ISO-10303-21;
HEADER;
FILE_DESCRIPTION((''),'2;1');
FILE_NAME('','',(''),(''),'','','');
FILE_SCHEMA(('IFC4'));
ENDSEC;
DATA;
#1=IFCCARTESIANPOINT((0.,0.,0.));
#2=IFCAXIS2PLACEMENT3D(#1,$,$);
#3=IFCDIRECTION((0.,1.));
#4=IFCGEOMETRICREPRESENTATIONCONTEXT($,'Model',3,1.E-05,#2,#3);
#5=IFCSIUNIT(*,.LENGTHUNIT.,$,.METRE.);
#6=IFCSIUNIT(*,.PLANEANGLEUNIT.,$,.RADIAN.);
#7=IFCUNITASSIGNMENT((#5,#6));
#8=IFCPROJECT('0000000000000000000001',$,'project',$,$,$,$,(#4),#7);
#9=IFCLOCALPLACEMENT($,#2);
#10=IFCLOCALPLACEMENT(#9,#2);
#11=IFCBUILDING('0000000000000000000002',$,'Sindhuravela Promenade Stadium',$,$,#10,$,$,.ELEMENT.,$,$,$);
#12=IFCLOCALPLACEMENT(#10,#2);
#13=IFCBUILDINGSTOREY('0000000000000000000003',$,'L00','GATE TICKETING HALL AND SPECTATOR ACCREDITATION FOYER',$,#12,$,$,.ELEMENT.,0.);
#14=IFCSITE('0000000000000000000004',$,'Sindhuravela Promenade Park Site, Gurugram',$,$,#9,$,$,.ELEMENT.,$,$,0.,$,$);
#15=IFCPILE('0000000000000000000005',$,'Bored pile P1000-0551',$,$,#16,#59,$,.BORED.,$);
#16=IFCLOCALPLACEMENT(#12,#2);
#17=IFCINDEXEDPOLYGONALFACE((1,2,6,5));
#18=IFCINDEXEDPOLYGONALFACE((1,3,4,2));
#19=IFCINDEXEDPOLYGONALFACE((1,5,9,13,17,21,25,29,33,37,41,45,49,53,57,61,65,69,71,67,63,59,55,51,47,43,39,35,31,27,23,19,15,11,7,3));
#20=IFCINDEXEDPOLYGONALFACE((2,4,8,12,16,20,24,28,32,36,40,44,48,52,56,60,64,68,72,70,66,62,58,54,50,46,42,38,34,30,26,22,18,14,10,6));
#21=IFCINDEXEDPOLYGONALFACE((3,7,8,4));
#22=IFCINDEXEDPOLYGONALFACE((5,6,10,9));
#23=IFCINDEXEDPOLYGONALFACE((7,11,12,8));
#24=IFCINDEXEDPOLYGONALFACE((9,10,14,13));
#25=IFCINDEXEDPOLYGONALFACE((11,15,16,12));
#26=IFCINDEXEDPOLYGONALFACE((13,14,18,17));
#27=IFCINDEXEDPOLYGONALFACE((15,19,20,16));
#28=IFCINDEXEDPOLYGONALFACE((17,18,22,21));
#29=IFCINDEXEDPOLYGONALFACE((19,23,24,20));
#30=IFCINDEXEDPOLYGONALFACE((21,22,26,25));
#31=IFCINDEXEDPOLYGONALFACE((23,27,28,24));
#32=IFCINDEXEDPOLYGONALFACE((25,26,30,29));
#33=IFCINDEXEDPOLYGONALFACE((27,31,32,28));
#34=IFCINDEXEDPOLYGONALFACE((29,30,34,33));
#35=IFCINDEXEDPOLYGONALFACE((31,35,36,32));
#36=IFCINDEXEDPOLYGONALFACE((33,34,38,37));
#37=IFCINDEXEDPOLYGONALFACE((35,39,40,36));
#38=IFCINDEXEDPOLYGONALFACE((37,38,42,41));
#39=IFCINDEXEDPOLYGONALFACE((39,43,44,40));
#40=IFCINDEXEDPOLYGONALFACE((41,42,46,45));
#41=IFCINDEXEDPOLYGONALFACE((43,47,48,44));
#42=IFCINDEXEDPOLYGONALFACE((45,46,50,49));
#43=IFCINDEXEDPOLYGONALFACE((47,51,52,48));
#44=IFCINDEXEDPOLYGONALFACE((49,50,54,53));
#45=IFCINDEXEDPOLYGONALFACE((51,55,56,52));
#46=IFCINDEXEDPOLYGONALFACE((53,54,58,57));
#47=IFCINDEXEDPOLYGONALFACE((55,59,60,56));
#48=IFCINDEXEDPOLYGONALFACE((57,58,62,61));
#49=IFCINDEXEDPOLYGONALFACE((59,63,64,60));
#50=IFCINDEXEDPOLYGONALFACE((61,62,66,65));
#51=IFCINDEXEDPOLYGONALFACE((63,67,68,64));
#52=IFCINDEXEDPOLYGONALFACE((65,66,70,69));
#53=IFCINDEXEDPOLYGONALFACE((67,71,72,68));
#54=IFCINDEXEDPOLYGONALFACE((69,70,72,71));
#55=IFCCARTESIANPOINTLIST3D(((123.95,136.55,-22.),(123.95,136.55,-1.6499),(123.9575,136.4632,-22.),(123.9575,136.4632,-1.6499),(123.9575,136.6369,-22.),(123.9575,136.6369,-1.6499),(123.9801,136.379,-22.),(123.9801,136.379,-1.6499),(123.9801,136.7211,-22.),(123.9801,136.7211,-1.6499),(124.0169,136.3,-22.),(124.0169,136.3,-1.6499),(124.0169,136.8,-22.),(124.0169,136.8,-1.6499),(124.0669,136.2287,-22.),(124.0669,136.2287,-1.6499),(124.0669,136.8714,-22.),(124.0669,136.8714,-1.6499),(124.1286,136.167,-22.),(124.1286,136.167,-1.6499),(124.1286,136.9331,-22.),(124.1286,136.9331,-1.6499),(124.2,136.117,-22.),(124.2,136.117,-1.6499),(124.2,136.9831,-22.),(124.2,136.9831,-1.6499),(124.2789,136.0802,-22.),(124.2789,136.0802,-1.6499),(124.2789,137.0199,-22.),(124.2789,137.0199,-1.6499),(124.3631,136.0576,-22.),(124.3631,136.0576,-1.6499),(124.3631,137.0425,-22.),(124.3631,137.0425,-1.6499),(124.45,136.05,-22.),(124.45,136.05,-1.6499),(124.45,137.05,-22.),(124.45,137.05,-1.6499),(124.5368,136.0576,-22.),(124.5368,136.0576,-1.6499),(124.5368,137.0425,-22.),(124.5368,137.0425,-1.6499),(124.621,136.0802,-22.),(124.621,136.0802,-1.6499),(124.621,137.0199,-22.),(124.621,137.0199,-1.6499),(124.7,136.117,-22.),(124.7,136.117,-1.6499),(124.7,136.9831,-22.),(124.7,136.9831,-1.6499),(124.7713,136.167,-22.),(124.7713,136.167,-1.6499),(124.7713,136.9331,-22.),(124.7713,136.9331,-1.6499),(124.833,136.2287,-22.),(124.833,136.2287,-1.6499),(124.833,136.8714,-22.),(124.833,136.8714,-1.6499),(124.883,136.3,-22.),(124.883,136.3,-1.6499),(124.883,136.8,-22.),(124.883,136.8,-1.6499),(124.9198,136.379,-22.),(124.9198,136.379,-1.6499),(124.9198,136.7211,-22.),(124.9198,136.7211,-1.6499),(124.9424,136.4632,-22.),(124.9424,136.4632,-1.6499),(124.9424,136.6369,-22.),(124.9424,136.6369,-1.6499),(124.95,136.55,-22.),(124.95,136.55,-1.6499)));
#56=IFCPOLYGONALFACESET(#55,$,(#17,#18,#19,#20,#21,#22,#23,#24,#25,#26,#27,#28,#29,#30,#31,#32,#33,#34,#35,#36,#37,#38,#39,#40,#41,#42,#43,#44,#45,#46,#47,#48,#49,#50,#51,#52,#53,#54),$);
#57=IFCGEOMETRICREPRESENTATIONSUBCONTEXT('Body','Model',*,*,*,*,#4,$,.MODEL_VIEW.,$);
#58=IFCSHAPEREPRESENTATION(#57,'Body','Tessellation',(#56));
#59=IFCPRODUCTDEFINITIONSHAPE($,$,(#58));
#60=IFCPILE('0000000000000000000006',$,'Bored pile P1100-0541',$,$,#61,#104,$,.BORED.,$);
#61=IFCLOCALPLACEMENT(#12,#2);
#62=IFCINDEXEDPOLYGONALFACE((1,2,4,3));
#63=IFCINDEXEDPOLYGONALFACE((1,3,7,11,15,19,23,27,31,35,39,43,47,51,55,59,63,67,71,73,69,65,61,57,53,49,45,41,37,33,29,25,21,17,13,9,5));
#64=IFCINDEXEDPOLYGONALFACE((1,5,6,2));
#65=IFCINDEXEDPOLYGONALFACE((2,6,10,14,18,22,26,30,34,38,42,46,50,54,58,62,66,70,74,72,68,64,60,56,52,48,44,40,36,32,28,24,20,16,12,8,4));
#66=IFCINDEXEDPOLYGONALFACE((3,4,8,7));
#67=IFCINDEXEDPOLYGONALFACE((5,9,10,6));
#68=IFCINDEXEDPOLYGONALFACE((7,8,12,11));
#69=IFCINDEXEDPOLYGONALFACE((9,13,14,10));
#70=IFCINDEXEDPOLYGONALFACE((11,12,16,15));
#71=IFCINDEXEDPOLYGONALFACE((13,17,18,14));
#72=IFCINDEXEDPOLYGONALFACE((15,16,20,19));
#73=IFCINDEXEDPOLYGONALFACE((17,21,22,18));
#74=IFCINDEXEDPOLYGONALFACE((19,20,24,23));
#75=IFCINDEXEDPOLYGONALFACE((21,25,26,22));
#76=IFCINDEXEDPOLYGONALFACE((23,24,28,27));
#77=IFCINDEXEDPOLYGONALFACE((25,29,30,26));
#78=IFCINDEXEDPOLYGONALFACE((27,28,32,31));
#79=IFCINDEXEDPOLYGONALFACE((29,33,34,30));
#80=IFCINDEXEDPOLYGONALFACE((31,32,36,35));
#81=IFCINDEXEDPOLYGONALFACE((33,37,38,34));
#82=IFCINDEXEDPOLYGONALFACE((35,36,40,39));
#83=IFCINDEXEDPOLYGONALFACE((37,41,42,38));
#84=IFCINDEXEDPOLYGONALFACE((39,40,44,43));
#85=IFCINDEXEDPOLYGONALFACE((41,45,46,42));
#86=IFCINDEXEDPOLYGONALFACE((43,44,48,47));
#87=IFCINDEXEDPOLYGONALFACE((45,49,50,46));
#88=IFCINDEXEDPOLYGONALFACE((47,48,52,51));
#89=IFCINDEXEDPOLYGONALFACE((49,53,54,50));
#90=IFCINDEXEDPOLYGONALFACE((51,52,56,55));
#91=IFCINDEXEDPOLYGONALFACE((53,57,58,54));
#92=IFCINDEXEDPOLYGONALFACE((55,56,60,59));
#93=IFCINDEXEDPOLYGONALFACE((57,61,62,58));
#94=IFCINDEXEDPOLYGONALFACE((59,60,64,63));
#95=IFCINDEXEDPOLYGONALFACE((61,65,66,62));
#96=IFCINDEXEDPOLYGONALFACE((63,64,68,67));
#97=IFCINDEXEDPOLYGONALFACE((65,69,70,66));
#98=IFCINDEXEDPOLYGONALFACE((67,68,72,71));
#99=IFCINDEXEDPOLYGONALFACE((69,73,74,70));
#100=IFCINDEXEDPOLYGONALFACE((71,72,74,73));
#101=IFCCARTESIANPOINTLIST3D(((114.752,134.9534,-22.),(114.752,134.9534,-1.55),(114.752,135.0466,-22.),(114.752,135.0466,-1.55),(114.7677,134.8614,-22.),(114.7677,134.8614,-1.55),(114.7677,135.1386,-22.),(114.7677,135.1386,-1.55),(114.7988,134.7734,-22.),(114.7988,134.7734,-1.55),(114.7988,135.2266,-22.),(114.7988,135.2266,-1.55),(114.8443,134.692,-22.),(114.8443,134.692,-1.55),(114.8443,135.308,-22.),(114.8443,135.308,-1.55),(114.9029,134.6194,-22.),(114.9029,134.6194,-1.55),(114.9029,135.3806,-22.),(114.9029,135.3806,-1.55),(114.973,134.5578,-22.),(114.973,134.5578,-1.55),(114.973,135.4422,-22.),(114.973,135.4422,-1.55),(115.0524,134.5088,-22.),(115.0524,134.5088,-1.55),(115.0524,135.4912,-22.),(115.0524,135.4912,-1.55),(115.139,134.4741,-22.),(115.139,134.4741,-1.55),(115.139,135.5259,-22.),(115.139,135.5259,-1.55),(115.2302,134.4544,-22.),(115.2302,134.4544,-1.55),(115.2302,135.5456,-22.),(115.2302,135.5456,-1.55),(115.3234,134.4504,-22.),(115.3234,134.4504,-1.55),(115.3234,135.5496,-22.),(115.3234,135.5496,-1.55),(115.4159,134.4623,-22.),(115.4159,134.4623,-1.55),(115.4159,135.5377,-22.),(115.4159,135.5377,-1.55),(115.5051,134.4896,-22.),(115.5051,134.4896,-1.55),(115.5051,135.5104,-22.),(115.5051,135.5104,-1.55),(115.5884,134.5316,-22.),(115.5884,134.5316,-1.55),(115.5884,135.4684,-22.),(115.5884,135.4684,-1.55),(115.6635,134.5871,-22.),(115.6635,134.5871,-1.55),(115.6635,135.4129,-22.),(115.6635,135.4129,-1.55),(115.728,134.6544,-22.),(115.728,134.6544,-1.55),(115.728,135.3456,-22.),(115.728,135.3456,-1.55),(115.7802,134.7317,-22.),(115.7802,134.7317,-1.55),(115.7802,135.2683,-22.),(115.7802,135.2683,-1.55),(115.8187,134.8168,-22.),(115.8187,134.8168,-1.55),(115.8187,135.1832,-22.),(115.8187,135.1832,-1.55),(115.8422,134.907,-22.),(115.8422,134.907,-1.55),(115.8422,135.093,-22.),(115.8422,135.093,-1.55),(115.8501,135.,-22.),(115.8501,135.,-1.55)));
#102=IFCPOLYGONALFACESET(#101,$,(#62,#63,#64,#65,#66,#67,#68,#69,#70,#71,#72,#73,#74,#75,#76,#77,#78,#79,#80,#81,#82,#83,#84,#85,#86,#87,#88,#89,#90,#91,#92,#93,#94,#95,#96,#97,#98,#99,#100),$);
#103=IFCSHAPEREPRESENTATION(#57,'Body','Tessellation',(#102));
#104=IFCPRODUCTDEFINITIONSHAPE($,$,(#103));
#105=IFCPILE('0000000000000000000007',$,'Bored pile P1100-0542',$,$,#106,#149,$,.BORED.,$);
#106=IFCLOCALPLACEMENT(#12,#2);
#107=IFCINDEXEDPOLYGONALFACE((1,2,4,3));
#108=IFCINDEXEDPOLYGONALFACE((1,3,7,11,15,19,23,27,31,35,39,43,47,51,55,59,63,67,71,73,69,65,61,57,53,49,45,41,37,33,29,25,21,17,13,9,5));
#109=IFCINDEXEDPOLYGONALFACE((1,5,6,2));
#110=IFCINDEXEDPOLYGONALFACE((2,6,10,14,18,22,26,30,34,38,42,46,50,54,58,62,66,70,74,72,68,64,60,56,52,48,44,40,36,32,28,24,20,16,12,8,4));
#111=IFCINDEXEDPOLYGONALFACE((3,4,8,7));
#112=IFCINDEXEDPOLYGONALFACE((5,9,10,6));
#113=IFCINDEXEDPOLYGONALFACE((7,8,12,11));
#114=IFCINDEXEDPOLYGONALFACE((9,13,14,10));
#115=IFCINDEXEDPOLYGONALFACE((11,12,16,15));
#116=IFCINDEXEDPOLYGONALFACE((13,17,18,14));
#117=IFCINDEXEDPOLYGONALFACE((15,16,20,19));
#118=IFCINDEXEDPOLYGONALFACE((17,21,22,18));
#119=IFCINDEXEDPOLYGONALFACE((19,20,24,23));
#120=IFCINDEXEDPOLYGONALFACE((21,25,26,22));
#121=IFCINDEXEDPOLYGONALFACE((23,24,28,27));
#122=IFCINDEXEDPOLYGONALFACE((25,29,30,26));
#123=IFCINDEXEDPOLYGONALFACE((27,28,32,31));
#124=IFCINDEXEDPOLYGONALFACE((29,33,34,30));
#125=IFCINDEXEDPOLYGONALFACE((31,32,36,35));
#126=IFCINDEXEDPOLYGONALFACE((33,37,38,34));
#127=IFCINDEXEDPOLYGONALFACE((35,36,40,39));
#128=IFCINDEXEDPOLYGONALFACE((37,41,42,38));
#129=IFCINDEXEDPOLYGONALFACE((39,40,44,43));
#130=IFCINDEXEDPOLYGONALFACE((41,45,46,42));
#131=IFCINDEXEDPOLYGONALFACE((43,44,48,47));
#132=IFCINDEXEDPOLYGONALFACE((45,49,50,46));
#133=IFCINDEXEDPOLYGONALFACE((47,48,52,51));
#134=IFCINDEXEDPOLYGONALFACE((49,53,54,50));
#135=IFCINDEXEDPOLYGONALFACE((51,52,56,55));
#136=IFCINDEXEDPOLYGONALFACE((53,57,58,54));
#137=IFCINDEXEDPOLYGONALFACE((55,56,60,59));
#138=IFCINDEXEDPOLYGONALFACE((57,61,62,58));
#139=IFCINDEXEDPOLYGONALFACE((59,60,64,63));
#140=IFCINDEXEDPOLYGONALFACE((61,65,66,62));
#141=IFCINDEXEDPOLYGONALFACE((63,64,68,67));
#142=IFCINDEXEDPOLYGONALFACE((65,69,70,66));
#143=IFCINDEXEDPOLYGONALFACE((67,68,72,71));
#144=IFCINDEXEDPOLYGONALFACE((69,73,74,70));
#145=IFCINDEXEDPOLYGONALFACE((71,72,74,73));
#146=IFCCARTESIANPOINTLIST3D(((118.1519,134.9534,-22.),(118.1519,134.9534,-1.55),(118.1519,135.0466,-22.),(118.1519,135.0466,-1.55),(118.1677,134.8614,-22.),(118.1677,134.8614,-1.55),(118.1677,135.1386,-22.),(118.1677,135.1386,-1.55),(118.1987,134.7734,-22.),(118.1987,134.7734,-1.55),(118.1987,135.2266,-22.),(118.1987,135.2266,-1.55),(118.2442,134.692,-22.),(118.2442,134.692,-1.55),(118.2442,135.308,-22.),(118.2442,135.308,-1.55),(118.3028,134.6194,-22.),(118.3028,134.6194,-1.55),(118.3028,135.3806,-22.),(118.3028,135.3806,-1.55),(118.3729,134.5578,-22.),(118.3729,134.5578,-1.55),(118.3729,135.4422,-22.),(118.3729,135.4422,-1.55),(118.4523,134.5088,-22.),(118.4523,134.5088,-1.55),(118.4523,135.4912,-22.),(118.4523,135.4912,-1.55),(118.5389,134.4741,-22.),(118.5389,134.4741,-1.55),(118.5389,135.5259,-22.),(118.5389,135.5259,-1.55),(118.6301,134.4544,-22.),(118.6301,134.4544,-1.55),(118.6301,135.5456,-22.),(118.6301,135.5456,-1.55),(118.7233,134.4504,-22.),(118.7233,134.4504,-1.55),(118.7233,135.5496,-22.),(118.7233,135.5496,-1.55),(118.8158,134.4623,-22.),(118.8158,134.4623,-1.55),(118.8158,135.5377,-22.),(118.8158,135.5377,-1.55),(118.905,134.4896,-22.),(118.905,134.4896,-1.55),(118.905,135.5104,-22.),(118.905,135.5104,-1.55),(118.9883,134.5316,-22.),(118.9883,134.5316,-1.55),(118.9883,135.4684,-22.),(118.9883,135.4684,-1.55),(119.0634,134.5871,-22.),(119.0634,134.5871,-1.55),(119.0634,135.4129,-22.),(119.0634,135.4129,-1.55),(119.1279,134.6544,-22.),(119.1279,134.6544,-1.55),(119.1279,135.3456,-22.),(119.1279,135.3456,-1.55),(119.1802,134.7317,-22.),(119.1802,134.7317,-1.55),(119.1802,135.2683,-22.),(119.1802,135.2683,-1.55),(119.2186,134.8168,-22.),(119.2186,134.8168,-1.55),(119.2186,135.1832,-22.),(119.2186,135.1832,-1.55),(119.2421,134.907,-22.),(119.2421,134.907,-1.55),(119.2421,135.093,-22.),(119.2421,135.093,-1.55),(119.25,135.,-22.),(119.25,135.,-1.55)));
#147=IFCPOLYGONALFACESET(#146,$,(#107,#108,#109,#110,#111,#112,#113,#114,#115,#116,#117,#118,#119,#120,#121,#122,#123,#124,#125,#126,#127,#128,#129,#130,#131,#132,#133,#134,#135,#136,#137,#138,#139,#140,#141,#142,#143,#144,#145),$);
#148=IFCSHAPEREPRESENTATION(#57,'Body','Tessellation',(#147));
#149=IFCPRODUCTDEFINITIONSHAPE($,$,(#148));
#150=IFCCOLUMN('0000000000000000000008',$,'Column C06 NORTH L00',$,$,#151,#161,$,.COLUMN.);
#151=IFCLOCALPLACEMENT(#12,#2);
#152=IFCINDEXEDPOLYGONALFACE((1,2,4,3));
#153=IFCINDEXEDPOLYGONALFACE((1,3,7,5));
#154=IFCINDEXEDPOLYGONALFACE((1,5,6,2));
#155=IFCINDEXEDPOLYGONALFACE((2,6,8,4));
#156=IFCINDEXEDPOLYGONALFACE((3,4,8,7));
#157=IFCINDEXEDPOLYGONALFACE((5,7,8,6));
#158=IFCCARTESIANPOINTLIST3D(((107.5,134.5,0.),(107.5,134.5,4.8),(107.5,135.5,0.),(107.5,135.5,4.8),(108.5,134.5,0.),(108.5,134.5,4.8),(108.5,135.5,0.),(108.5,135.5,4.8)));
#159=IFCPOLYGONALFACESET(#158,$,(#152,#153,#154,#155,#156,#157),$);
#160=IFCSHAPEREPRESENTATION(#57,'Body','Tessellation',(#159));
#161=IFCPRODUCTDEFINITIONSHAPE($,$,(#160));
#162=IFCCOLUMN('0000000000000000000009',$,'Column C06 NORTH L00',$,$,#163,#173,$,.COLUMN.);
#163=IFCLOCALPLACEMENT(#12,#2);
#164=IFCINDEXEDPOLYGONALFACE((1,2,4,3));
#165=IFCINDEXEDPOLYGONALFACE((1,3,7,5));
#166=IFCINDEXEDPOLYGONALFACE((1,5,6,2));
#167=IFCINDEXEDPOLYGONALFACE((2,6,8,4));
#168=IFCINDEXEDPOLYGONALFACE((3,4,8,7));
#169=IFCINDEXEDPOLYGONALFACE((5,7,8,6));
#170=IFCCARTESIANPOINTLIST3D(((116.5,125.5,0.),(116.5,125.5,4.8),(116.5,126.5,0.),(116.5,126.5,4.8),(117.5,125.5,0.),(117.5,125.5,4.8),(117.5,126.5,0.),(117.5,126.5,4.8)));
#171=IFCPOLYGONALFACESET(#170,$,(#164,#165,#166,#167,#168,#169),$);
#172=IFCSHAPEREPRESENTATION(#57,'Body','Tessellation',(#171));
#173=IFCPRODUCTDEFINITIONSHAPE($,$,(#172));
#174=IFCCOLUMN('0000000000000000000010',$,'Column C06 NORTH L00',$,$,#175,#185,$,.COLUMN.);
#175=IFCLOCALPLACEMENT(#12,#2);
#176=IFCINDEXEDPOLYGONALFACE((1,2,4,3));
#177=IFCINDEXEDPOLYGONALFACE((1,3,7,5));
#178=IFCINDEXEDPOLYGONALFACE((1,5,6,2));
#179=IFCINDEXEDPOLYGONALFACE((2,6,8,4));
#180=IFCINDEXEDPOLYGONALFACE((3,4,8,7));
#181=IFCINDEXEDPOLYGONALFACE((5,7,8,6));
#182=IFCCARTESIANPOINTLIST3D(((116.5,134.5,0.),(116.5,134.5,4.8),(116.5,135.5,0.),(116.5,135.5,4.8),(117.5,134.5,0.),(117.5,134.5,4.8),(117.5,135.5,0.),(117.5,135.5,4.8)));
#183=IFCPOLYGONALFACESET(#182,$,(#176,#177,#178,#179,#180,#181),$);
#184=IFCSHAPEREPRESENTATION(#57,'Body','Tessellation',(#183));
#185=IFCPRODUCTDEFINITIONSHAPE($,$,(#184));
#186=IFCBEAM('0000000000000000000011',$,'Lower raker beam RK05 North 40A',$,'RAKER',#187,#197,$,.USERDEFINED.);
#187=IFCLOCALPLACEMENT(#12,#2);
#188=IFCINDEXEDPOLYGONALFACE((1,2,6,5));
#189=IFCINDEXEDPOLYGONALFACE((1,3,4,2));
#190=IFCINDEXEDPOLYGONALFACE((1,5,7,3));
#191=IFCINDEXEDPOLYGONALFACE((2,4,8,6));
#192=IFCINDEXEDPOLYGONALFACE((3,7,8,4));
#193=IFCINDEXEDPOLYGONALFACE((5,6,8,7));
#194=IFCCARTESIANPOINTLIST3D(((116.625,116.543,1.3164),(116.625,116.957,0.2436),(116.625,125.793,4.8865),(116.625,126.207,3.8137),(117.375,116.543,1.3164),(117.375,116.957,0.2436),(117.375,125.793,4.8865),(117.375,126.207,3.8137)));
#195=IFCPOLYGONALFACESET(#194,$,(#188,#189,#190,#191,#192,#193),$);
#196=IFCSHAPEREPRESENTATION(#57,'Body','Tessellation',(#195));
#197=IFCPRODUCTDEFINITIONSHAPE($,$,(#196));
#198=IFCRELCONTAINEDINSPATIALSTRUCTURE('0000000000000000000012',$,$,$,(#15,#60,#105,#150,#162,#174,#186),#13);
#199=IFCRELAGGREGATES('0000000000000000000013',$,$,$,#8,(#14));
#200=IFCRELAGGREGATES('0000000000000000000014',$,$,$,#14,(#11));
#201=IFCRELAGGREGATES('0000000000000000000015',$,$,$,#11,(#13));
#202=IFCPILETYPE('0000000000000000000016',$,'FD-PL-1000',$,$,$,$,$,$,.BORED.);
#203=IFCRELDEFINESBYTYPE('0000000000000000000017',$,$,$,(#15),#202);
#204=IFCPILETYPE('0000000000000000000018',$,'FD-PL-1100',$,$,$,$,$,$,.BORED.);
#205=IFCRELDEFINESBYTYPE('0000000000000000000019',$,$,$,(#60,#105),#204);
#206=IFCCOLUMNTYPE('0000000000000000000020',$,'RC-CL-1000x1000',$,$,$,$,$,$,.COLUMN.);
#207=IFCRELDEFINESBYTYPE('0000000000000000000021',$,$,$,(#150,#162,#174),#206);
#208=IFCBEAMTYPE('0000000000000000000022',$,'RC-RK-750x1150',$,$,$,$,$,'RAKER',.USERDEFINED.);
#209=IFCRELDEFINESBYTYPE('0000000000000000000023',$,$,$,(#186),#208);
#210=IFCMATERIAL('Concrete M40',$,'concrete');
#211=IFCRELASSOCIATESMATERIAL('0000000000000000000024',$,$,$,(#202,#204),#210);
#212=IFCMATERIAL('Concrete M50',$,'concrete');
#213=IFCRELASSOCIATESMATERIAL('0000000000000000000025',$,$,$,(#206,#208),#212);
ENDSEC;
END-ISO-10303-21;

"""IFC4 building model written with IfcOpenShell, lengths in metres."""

from ifc_helpers import new_model, si_unit, direction, frame, origin, origin_2d, place, context, subcontext, project, spatial, rectangle, circle, extrude, material, material_profile, profile_set, type_object, element, save


model = new_model("IFC4")

# Units and contexts
model_context = context("Model", 3, precision=1e-05, world=origin(), true_north=direction((0.0, 1.0)))
body_context = subcontext(model_context, "Body", "Model", "MODEL_VIEW")
ifc_project = project(units=[si_unit("LENGTHUNIT", "METRE"), si_unit("PLANEANGLEUNIT", "RADIAN")], contexts=[model_context])

# Site, building, storey
site_placement = place(None, origin())
site = spatial("IfcSite", under=ifc_project, at=site_placement, Name="Sindhuravela Promenade Park Site, Gurugram", CompositionType="ELEMENT", RefElevation=0.0)
building_placement = place(site_placement, origin())
building = spatial("IfcBuilding", under=site, at=building_placement, Name="Sindhuravela Promenade Stadium", CompositionType="ELEMENT")
storey_placement = place(building_placement, origin())
storey = spatial("IfcBuildingStorey", under=building, at=storey_placement, Name="L00", Description="GATE TICKETING HALL AND SPECTATOR ACCREDITATION FOYER", CompositionType="ELEMENT", Elevation=0.0)

# Shared definitions
ifc_material_1 = material(Name="Concrete M50", Category="concrete")

# Piles
ifc_material_2 = material(Name="Concrete M40", Category="concrete")
ifc_material_profile_1 = material_profile(ifc_material_2, circle(Radius=0.5, at=origin_2d()), Name="BORED PILE D1000")
ifc_profile_set_1 = profile_set([ifc_material_profile_1], Name="Concrete M40")
pile_type_1 = type_object("IfcPileType", Name="FD-PL-1000", PredefinedType="BORED", material=ifc_profile_set_1)
for number, where, z_axis, x_axis, name in (
    (1, (124.45, 136.55, -1.6499), (0.0, 0.0, -1.0), (1.0, 0.0, 0.0), "Bored pile P1000-0551"),
):
    element("IfcPile", number, at=place(storey_placement, frame(where, z_axis=z_axis, x_axis=x_axis)), inside=storey, type_object=pile_type_1, Name=name, PredefinedType="BORED", context=body_context, shape_type="SweptSolid", body=[
        extrude(circle(Radius=0.5, at=origin_2d()), origin(), (0.0, 0.0, 1.0), 20.3501),
    ])
ifc_material_profile_2 = material_profile(ifc_material_2, circle(Radius=0.55, at=origin_2d()), Name="BORED PILE D1100")
ifc_profile_set_2 = profile_set([ifc_material_profile_2], Name="Concrete M40")
pile_type_2 = type_object("IfcPileType", Name="FD-PL-1100", PredefinedType="BORED", material=ifc_profile_set_2)
for number, where, z_axis, x_axis, name in (
    (2, (115.3, 135.0, -1.55), (0.0, 0.0, -1.0), (1.0, 0.0, 0.0), "Bored pile P1100-0541"),
    (3, (118.7, 135.0, -1.55), (0.0, 0.0, -1.0), (1.0, 0.0, 0.0), "Bored pile P1100-0542"),
):
    element("IfcPile", number, at=place(storey_placement, frame(where, z_axis=z_axis, x_axis=x_axis)), inside=storey, type_object=pile_type_2, Name=name, PredefinedType="BORED", context=body_context, shape_type="SweptSolid", body=[
        extrude(circle(Radius=0.55, at=origin_2d()), origin(), (0.0, 0.0, 1.0), 20.45),
    ])

# Columns
ifc_material_profile_3 = material_profile(ifc_material_1, rectangle(XDim=1.0, YDim=1.0, at=origin_2d()), Name="RC 1000x1000")
ifc_profile_set_3 = profile_set([ifc_material_profile_3], Name="Concrete M50")
column_type = type_object("IfcColumnType", Name="RC-CL-1000x1000", PredefinedType="COLUMN", material=ifc_profile_set_3)
for number, where, z_axis, x_axis, name in (
    (4, (108.0, 135.0, 0.0), (0.0, 0.0, 1.0), (1.0, 0.0, 0.0), "Column C06 NORTH L00"),
    (5, (117.0, 126.0, 0.0), (0.0, 0.0, 1.0), (1.0, 0.0, 0.0), "Column C06 NORTH L00"),
    (6, (117.0, 135.0, 0.0), (0.0, 0.0, 1.0), (1.0, 0.0, 0.0), "Column C06 NORTH L00"),
):
    element("IfcColumn", number, at=place(storey_placement, frame(where, z_axis=z_axis, x_axis=x_axis)), inside=storey, type_object=column_type, Name=name, PredefinedType="COLUMN", context=body_context, shape_type="SweptSolid", body=[
        extrude(rectangle(XDim=1.0, YDim=1.0, at=origin_2d()), origin(), (0.0, 0.0, 1.0), 4.8),
    ])

# Beam
ifc_material_profile_4 = material_profile(ifc_material_1, rectangle(XDim=0.75, YDim=1.1499, at=origin_2d()), Name="RC 750x1150")
ifc_profile_set_4 = profile_set([ifc_material_profile_4], Name="Concrete M50")
beam_type_1 = type_object("IfcBeamType", Name="RC-RK-750x1150", ElementType="RAKER", PredefinedType="USERDEFINED", material=ifc_profile_set_4)
beam_1_placement = place(storey_placement, frame((117.0, 116.75, 0.78), z_axis=(0.0, 0.932927, 0.360066), x_axis=(-1.0, 0.0, 0.0)))
element("IfcBeam", 7, at=beam_1_placement, inside=storey, type_object=beam_type_1, Name="Lower raker beam RK05 North 40A", ObjectType="RAKER", PredefinedType="USERDEFINED", context=body_context, shape_type="SweptSolid", body=[
    extrude(rectangle(XDim=0.75, YDim=1.1499, at=origin_2d()), origin(), (0.0, 0.0, 1.0), 9.915),
])

save(model, "model.ifc")
